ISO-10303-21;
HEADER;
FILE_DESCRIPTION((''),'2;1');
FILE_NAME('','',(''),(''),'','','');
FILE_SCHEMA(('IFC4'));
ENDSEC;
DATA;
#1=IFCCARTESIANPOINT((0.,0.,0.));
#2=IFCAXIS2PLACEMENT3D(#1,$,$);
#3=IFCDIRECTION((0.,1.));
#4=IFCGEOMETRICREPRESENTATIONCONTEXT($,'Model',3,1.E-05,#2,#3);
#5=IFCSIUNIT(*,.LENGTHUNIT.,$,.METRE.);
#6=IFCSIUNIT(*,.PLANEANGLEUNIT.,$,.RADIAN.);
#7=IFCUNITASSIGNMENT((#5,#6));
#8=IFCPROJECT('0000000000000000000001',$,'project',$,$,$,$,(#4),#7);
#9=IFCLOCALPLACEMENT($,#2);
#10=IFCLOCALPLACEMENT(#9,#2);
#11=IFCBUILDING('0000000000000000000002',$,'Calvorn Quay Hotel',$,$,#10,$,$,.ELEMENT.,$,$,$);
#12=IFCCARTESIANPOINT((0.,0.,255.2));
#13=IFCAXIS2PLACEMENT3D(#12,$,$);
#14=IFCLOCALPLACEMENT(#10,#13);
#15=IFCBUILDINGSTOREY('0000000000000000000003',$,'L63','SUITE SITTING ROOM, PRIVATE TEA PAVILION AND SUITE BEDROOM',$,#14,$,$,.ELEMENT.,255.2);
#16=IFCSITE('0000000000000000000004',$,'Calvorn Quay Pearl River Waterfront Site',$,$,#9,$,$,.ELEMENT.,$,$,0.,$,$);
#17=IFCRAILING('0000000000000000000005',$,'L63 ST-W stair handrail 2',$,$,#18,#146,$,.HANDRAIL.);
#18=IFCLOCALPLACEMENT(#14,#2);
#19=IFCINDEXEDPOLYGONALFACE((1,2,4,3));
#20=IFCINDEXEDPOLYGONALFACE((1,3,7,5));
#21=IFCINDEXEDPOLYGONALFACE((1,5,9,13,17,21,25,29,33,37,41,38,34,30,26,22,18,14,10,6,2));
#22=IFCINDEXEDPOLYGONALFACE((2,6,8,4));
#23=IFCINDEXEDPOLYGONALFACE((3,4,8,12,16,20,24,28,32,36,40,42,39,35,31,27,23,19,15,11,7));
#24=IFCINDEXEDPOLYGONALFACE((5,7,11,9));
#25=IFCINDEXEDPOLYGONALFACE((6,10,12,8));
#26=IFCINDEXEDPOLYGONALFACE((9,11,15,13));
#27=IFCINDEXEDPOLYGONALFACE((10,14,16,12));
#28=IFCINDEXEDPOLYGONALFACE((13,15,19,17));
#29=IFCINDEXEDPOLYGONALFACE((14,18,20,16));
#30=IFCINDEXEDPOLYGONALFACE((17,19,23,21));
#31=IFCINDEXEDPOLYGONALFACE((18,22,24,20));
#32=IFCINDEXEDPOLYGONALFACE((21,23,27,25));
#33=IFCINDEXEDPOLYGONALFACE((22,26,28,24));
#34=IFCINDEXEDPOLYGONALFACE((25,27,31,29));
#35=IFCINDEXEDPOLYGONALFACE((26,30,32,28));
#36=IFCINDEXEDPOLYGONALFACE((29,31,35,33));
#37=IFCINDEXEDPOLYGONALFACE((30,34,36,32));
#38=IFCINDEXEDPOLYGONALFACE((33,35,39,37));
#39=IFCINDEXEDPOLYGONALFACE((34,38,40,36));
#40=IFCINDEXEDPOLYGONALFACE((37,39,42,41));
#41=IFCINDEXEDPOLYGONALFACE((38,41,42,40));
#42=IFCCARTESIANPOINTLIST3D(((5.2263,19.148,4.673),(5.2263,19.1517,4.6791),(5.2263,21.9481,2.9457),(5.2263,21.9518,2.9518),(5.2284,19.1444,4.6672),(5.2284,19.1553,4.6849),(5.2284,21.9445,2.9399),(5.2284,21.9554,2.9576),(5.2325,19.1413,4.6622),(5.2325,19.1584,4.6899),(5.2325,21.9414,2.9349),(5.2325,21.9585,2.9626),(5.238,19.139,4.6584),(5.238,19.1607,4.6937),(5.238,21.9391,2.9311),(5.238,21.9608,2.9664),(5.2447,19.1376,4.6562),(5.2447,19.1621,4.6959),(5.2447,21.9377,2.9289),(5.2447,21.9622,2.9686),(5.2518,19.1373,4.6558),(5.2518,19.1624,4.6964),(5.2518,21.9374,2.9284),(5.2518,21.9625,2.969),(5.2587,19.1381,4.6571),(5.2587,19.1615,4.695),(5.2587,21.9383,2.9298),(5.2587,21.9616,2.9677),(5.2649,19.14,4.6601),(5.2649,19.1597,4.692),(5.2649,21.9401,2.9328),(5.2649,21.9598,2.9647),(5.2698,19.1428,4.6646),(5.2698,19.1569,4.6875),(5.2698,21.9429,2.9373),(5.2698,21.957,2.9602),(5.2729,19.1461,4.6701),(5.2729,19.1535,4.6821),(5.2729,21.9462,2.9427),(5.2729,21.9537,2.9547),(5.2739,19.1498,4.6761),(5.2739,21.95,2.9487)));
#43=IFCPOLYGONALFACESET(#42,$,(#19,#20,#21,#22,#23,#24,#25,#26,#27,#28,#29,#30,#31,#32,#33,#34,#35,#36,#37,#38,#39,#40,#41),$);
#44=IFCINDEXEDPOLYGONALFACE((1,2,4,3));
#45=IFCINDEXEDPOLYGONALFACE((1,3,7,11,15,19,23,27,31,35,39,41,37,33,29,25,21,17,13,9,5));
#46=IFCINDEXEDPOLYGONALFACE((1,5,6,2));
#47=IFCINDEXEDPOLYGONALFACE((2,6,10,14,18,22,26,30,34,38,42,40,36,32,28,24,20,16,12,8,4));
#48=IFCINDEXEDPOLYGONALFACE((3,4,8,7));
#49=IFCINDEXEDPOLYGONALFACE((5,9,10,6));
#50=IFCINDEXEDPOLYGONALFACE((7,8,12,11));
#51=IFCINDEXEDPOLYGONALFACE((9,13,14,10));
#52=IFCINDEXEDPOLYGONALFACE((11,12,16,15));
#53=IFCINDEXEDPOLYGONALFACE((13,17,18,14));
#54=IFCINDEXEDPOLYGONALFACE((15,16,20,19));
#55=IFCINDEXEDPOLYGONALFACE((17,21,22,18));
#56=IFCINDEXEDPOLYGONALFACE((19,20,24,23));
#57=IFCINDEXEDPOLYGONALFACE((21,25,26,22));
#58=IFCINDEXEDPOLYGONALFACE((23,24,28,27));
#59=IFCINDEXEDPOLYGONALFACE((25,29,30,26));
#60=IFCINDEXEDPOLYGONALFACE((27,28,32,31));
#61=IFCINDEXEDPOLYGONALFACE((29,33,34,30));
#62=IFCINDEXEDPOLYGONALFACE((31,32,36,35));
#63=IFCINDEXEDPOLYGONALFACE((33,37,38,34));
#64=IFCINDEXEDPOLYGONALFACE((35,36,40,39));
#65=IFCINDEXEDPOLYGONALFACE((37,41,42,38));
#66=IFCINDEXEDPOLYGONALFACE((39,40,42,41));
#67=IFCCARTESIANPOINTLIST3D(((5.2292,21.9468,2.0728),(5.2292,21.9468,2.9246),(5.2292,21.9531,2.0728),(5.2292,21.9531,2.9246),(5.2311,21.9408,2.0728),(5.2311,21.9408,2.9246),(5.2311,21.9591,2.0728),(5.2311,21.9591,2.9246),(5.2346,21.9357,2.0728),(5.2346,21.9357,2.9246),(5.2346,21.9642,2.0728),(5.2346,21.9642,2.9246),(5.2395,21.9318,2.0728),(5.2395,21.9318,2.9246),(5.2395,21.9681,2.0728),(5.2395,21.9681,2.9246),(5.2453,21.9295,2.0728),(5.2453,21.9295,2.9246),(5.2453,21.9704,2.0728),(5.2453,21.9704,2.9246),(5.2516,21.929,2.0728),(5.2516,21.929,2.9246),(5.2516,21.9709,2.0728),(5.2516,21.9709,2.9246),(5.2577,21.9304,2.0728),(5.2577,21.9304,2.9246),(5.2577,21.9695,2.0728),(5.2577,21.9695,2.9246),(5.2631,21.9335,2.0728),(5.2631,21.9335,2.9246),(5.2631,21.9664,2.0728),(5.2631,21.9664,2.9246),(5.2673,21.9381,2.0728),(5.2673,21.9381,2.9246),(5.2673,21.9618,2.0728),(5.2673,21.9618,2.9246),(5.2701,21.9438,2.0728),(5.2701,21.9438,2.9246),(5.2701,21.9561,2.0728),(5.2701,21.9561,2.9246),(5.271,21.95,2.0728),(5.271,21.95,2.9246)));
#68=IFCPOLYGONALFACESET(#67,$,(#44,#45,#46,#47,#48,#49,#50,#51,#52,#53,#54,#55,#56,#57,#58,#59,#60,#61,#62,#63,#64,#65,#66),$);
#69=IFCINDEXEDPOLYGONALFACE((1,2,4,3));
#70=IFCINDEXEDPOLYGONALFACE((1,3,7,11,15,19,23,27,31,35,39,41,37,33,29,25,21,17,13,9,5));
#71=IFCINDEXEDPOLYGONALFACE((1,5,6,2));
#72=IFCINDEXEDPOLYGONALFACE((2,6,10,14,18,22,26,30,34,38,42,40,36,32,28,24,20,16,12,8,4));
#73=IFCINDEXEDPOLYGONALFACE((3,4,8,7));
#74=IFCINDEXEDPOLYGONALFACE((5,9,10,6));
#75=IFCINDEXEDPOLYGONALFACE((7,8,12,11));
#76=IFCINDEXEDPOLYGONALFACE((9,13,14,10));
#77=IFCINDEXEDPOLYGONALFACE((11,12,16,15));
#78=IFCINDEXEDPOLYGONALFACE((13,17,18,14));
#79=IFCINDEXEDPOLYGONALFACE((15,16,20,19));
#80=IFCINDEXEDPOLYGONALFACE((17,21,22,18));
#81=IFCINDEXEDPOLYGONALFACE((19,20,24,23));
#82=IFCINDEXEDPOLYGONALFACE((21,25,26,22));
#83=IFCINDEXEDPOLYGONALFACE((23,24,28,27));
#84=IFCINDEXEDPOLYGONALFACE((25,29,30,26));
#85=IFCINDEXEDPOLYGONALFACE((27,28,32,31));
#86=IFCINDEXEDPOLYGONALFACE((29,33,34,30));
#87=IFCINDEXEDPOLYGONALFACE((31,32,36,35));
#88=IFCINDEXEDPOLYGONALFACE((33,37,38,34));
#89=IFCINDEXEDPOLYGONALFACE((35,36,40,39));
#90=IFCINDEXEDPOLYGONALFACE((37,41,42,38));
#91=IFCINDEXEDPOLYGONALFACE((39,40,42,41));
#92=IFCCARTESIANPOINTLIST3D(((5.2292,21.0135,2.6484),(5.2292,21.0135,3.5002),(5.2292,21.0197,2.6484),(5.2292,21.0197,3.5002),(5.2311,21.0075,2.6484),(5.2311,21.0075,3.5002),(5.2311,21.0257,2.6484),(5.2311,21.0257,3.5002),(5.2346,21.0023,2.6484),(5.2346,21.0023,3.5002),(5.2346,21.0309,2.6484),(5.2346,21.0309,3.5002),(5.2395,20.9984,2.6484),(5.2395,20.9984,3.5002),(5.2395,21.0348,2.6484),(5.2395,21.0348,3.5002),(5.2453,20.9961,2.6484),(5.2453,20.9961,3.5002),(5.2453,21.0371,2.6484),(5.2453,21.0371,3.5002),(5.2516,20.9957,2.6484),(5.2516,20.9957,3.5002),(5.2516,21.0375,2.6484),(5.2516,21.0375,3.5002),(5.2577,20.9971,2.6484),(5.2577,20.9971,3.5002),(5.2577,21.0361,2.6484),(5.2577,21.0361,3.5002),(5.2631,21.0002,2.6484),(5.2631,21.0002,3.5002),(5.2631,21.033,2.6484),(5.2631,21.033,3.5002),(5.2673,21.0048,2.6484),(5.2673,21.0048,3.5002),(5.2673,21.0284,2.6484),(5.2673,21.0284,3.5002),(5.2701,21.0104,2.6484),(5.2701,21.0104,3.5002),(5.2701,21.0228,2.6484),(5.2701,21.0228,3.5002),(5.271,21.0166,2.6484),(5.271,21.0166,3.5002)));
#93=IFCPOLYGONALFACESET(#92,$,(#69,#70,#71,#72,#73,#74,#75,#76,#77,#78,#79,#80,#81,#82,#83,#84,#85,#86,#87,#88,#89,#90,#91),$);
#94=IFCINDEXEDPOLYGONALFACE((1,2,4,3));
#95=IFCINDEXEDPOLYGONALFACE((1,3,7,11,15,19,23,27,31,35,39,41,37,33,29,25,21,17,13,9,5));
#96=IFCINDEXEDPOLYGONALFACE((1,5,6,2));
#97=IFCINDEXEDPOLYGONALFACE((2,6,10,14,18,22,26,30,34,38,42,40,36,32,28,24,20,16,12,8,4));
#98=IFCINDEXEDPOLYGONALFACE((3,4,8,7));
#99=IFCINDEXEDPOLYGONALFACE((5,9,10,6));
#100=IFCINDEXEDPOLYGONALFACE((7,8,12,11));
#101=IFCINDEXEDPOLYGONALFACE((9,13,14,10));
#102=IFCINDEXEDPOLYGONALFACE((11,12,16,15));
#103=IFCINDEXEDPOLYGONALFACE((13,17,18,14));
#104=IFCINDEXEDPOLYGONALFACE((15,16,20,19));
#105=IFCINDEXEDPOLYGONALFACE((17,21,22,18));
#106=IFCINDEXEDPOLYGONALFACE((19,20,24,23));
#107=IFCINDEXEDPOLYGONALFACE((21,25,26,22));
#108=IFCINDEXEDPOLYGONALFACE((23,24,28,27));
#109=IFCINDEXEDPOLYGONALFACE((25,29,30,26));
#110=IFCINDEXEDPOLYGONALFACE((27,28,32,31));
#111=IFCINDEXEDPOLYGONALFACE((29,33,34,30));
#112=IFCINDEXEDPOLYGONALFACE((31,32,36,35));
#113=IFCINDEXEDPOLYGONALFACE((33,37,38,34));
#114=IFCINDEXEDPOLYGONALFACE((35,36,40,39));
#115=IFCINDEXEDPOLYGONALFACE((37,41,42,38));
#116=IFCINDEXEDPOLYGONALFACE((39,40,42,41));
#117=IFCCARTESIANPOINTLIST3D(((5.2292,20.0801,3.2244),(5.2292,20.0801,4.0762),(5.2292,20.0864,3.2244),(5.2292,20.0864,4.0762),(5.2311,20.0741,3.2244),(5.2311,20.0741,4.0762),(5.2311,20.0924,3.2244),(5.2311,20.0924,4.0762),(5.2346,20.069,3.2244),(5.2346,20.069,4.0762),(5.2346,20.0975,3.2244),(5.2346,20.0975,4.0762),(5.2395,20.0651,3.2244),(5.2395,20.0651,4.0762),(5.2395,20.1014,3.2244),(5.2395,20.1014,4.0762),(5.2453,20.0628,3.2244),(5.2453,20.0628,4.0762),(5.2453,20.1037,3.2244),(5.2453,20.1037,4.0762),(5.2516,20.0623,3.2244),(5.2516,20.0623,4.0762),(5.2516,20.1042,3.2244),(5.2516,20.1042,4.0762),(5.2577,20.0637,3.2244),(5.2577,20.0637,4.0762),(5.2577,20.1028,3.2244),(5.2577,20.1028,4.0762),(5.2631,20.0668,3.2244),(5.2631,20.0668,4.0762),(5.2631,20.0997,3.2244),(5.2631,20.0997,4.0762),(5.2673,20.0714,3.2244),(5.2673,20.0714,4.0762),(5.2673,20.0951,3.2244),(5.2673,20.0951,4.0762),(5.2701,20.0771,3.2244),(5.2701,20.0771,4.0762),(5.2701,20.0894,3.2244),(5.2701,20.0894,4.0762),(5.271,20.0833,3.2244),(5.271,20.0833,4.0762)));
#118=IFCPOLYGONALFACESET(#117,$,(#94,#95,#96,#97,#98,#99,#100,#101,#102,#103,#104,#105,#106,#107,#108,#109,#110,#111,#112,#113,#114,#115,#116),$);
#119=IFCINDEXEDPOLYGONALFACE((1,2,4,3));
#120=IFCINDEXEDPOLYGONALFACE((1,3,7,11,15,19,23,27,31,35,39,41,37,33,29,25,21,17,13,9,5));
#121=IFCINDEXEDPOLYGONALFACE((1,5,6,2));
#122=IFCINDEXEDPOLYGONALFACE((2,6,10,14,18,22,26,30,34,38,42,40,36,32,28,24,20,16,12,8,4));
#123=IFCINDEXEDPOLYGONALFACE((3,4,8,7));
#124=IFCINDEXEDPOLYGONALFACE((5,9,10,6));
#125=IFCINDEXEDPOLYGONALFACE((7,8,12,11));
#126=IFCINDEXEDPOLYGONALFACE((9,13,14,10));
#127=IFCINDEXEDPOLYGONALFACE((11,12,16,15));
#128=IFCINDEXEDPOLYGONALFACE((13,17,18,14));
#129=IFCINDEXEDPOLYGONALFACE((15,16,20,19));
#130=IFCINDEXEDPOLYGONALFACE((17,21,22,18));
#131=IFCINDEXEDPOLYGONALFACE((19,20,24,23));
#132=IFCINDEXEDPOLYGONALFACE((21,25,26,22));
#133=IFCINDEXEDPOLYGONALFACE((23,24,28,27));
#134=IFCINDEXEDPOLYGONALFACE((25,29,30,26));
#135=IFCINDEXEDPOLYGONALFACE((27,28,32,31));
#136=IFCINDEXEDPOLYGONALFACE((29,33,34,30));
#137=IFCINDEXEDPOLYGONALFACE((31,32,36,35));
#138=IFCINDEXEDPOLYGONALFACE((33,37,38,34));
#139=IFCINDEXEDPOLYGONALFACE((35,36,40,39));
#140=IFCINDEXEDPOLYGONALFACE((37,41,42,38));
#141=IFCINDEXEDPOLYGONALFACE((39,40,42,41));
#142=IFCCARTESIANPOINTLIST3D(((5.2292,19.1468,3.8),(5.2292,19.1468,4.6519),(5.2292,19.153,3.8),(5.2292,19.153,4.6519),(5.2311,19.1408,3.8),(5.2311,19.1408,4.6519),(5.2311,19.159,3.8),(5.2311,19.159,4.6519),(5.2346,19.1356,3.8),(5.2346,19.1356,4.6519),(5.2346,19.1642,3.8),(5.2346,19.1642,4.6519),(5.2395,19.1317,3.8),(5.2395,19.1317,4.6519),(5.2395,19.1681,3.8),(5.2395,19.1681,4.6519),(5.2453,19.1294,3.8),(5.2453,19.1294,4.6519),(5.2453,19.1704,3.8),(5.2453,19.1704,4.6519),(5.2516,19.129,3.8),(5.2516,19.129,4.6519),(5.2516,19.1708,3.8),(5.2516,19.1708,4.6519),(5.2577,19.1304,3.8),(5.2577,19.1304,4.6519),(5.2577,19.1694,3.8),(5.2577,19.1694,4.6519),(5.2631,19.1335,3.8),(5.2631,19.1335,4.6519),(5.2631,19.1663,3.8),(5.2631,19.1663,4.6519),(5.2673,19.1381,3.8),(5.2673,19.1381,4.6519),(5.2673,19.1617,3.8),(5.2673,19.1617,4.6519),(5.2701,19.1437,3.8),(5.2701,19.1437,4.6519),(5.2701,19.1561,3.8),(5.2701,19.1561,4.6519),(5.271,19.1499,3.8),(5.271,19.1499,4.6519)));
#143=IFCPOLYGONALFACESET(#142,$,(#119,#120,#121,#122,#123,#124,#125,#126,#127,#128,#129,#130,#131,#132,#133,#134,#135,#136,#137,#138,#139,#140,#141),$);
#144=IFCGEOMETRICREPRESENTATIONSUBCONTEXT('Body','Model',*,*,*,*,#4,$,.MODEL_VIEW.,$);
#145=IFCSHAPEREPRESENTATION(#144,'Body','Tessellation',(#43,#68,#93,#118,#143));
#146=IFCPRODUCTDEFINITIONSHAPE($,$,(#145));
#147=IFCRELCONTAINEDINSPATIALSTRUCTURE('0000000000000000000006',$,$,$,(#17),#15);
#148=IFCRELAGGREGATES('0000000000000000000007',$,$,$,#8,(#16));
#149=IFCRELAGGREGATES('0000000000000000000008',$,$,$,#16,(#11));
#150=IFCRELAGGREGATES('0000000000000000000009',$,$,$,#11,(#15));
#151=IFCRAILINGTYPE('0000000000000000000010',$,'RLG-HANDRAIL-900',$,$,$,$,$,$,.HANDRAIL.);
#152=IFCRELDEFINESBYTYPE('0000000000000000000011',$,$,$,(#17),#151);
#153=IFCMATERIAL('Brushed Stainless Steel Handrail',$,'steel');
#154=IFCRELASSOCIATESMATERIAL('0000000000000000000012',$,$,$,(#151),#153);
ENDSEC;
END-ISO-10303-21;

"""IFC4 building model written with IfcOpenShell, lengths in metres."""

from ifc_helpers import new_model, si_unit, direction, frame, origin, origin_2d, place, context, subcontext, project, spatial, circle, extrude, material, type_object, element, save


model = new_model("IFC4")

# Units and contexts
model_context = context("Model", 3, precision=1e-05, world=origin(), true_north=direction((0.0, 1.0)))
body_context = subcontext(model_context, "Body", "Model", "MODEL_VIEW")
ifc_project = project(units=[si_unit("LENGTHUNIT", "METRE"), si_unit("PLANEANGLEUNIT", "RADIAN")], contexts=[model_context])

# Site, building, storey
site_placement = place(None, origin())
site = spatial("IfcSite", under=ifc_project, at=site_placement, Name="Calvorn Quay Pearl River Waterfront Site", CompositionType="ELEMENT", RefElevation=0.0)
building_placement = place(site_placement, origin())
building = spatial("IfcBuilding", under=site, at=building_placement, Name="Calvorn Quay Hotel", CompositionType="ELEMENT")
storey_placement = place(building_placement, frame((0.0, 0.0, 255.2)))
storey = spatial("IfcBuildingStorey", under=building, at=storey_placement, Name="L63", Description="SUITE SITTING ROOM, PRIVATE TEA PAVILION AND SUITE BEDROOM", CompositionType="ELEMENT", Elevation=255.2)

# Railing
ifc_material_1 = material(Name="Brushed Stainless Steel Handrail", Category="steel")
railing_type_1 = type_object("IfcRailingType", Name="RLG-HANDRAIL-900", PredefinedType="HANDRAIL", material=ifc_material_1)
railing_1_placement = place(storey_placement, frame((5.25, 21.95, 2.0728)))
element("IfcRailing", 1, at=railing_1_placement, inside=storey, type_object=railing_type_1, Name="L63 ST-W stair handrail 2", PredefinedType="HANDRAIL", context=body_context, shape_type="SweptSolid", body=[
    extrude(circle(Radius=0.0239, at=origin_2d()), frame((0.0, 0.0, 0.876), z_axis=(0.0, -0.85109, 0.52502), x_axis=(1.0, 0.0, 0.0)), (0.0, 0.0, 1.0), 3.29),
    extrude(circle(Radius=0.021, at=origin_2d()), origin(), (0.0, 0.0, 1.0), 0.8518),
    extrude(circle(Radius=0.021, at=origin_2d()), frame((0.0, -0.9333, 0.5757)), (0.0, 0.0, 1.0), 0.8518),
    extrude(circle(Radius=0.021, at=origin_2d()), frame((0.0, -1.8667, 1.1516)), (0.0, 0.0, 1.0), 0.8518),
    extrude(circle(Radius=0.021, at=origin_2d()), frame((0.0, -2.8, 1.7273)), (0.0, 0.0, 1.0), 0.8518),
])

save(model, "model.ifc")
